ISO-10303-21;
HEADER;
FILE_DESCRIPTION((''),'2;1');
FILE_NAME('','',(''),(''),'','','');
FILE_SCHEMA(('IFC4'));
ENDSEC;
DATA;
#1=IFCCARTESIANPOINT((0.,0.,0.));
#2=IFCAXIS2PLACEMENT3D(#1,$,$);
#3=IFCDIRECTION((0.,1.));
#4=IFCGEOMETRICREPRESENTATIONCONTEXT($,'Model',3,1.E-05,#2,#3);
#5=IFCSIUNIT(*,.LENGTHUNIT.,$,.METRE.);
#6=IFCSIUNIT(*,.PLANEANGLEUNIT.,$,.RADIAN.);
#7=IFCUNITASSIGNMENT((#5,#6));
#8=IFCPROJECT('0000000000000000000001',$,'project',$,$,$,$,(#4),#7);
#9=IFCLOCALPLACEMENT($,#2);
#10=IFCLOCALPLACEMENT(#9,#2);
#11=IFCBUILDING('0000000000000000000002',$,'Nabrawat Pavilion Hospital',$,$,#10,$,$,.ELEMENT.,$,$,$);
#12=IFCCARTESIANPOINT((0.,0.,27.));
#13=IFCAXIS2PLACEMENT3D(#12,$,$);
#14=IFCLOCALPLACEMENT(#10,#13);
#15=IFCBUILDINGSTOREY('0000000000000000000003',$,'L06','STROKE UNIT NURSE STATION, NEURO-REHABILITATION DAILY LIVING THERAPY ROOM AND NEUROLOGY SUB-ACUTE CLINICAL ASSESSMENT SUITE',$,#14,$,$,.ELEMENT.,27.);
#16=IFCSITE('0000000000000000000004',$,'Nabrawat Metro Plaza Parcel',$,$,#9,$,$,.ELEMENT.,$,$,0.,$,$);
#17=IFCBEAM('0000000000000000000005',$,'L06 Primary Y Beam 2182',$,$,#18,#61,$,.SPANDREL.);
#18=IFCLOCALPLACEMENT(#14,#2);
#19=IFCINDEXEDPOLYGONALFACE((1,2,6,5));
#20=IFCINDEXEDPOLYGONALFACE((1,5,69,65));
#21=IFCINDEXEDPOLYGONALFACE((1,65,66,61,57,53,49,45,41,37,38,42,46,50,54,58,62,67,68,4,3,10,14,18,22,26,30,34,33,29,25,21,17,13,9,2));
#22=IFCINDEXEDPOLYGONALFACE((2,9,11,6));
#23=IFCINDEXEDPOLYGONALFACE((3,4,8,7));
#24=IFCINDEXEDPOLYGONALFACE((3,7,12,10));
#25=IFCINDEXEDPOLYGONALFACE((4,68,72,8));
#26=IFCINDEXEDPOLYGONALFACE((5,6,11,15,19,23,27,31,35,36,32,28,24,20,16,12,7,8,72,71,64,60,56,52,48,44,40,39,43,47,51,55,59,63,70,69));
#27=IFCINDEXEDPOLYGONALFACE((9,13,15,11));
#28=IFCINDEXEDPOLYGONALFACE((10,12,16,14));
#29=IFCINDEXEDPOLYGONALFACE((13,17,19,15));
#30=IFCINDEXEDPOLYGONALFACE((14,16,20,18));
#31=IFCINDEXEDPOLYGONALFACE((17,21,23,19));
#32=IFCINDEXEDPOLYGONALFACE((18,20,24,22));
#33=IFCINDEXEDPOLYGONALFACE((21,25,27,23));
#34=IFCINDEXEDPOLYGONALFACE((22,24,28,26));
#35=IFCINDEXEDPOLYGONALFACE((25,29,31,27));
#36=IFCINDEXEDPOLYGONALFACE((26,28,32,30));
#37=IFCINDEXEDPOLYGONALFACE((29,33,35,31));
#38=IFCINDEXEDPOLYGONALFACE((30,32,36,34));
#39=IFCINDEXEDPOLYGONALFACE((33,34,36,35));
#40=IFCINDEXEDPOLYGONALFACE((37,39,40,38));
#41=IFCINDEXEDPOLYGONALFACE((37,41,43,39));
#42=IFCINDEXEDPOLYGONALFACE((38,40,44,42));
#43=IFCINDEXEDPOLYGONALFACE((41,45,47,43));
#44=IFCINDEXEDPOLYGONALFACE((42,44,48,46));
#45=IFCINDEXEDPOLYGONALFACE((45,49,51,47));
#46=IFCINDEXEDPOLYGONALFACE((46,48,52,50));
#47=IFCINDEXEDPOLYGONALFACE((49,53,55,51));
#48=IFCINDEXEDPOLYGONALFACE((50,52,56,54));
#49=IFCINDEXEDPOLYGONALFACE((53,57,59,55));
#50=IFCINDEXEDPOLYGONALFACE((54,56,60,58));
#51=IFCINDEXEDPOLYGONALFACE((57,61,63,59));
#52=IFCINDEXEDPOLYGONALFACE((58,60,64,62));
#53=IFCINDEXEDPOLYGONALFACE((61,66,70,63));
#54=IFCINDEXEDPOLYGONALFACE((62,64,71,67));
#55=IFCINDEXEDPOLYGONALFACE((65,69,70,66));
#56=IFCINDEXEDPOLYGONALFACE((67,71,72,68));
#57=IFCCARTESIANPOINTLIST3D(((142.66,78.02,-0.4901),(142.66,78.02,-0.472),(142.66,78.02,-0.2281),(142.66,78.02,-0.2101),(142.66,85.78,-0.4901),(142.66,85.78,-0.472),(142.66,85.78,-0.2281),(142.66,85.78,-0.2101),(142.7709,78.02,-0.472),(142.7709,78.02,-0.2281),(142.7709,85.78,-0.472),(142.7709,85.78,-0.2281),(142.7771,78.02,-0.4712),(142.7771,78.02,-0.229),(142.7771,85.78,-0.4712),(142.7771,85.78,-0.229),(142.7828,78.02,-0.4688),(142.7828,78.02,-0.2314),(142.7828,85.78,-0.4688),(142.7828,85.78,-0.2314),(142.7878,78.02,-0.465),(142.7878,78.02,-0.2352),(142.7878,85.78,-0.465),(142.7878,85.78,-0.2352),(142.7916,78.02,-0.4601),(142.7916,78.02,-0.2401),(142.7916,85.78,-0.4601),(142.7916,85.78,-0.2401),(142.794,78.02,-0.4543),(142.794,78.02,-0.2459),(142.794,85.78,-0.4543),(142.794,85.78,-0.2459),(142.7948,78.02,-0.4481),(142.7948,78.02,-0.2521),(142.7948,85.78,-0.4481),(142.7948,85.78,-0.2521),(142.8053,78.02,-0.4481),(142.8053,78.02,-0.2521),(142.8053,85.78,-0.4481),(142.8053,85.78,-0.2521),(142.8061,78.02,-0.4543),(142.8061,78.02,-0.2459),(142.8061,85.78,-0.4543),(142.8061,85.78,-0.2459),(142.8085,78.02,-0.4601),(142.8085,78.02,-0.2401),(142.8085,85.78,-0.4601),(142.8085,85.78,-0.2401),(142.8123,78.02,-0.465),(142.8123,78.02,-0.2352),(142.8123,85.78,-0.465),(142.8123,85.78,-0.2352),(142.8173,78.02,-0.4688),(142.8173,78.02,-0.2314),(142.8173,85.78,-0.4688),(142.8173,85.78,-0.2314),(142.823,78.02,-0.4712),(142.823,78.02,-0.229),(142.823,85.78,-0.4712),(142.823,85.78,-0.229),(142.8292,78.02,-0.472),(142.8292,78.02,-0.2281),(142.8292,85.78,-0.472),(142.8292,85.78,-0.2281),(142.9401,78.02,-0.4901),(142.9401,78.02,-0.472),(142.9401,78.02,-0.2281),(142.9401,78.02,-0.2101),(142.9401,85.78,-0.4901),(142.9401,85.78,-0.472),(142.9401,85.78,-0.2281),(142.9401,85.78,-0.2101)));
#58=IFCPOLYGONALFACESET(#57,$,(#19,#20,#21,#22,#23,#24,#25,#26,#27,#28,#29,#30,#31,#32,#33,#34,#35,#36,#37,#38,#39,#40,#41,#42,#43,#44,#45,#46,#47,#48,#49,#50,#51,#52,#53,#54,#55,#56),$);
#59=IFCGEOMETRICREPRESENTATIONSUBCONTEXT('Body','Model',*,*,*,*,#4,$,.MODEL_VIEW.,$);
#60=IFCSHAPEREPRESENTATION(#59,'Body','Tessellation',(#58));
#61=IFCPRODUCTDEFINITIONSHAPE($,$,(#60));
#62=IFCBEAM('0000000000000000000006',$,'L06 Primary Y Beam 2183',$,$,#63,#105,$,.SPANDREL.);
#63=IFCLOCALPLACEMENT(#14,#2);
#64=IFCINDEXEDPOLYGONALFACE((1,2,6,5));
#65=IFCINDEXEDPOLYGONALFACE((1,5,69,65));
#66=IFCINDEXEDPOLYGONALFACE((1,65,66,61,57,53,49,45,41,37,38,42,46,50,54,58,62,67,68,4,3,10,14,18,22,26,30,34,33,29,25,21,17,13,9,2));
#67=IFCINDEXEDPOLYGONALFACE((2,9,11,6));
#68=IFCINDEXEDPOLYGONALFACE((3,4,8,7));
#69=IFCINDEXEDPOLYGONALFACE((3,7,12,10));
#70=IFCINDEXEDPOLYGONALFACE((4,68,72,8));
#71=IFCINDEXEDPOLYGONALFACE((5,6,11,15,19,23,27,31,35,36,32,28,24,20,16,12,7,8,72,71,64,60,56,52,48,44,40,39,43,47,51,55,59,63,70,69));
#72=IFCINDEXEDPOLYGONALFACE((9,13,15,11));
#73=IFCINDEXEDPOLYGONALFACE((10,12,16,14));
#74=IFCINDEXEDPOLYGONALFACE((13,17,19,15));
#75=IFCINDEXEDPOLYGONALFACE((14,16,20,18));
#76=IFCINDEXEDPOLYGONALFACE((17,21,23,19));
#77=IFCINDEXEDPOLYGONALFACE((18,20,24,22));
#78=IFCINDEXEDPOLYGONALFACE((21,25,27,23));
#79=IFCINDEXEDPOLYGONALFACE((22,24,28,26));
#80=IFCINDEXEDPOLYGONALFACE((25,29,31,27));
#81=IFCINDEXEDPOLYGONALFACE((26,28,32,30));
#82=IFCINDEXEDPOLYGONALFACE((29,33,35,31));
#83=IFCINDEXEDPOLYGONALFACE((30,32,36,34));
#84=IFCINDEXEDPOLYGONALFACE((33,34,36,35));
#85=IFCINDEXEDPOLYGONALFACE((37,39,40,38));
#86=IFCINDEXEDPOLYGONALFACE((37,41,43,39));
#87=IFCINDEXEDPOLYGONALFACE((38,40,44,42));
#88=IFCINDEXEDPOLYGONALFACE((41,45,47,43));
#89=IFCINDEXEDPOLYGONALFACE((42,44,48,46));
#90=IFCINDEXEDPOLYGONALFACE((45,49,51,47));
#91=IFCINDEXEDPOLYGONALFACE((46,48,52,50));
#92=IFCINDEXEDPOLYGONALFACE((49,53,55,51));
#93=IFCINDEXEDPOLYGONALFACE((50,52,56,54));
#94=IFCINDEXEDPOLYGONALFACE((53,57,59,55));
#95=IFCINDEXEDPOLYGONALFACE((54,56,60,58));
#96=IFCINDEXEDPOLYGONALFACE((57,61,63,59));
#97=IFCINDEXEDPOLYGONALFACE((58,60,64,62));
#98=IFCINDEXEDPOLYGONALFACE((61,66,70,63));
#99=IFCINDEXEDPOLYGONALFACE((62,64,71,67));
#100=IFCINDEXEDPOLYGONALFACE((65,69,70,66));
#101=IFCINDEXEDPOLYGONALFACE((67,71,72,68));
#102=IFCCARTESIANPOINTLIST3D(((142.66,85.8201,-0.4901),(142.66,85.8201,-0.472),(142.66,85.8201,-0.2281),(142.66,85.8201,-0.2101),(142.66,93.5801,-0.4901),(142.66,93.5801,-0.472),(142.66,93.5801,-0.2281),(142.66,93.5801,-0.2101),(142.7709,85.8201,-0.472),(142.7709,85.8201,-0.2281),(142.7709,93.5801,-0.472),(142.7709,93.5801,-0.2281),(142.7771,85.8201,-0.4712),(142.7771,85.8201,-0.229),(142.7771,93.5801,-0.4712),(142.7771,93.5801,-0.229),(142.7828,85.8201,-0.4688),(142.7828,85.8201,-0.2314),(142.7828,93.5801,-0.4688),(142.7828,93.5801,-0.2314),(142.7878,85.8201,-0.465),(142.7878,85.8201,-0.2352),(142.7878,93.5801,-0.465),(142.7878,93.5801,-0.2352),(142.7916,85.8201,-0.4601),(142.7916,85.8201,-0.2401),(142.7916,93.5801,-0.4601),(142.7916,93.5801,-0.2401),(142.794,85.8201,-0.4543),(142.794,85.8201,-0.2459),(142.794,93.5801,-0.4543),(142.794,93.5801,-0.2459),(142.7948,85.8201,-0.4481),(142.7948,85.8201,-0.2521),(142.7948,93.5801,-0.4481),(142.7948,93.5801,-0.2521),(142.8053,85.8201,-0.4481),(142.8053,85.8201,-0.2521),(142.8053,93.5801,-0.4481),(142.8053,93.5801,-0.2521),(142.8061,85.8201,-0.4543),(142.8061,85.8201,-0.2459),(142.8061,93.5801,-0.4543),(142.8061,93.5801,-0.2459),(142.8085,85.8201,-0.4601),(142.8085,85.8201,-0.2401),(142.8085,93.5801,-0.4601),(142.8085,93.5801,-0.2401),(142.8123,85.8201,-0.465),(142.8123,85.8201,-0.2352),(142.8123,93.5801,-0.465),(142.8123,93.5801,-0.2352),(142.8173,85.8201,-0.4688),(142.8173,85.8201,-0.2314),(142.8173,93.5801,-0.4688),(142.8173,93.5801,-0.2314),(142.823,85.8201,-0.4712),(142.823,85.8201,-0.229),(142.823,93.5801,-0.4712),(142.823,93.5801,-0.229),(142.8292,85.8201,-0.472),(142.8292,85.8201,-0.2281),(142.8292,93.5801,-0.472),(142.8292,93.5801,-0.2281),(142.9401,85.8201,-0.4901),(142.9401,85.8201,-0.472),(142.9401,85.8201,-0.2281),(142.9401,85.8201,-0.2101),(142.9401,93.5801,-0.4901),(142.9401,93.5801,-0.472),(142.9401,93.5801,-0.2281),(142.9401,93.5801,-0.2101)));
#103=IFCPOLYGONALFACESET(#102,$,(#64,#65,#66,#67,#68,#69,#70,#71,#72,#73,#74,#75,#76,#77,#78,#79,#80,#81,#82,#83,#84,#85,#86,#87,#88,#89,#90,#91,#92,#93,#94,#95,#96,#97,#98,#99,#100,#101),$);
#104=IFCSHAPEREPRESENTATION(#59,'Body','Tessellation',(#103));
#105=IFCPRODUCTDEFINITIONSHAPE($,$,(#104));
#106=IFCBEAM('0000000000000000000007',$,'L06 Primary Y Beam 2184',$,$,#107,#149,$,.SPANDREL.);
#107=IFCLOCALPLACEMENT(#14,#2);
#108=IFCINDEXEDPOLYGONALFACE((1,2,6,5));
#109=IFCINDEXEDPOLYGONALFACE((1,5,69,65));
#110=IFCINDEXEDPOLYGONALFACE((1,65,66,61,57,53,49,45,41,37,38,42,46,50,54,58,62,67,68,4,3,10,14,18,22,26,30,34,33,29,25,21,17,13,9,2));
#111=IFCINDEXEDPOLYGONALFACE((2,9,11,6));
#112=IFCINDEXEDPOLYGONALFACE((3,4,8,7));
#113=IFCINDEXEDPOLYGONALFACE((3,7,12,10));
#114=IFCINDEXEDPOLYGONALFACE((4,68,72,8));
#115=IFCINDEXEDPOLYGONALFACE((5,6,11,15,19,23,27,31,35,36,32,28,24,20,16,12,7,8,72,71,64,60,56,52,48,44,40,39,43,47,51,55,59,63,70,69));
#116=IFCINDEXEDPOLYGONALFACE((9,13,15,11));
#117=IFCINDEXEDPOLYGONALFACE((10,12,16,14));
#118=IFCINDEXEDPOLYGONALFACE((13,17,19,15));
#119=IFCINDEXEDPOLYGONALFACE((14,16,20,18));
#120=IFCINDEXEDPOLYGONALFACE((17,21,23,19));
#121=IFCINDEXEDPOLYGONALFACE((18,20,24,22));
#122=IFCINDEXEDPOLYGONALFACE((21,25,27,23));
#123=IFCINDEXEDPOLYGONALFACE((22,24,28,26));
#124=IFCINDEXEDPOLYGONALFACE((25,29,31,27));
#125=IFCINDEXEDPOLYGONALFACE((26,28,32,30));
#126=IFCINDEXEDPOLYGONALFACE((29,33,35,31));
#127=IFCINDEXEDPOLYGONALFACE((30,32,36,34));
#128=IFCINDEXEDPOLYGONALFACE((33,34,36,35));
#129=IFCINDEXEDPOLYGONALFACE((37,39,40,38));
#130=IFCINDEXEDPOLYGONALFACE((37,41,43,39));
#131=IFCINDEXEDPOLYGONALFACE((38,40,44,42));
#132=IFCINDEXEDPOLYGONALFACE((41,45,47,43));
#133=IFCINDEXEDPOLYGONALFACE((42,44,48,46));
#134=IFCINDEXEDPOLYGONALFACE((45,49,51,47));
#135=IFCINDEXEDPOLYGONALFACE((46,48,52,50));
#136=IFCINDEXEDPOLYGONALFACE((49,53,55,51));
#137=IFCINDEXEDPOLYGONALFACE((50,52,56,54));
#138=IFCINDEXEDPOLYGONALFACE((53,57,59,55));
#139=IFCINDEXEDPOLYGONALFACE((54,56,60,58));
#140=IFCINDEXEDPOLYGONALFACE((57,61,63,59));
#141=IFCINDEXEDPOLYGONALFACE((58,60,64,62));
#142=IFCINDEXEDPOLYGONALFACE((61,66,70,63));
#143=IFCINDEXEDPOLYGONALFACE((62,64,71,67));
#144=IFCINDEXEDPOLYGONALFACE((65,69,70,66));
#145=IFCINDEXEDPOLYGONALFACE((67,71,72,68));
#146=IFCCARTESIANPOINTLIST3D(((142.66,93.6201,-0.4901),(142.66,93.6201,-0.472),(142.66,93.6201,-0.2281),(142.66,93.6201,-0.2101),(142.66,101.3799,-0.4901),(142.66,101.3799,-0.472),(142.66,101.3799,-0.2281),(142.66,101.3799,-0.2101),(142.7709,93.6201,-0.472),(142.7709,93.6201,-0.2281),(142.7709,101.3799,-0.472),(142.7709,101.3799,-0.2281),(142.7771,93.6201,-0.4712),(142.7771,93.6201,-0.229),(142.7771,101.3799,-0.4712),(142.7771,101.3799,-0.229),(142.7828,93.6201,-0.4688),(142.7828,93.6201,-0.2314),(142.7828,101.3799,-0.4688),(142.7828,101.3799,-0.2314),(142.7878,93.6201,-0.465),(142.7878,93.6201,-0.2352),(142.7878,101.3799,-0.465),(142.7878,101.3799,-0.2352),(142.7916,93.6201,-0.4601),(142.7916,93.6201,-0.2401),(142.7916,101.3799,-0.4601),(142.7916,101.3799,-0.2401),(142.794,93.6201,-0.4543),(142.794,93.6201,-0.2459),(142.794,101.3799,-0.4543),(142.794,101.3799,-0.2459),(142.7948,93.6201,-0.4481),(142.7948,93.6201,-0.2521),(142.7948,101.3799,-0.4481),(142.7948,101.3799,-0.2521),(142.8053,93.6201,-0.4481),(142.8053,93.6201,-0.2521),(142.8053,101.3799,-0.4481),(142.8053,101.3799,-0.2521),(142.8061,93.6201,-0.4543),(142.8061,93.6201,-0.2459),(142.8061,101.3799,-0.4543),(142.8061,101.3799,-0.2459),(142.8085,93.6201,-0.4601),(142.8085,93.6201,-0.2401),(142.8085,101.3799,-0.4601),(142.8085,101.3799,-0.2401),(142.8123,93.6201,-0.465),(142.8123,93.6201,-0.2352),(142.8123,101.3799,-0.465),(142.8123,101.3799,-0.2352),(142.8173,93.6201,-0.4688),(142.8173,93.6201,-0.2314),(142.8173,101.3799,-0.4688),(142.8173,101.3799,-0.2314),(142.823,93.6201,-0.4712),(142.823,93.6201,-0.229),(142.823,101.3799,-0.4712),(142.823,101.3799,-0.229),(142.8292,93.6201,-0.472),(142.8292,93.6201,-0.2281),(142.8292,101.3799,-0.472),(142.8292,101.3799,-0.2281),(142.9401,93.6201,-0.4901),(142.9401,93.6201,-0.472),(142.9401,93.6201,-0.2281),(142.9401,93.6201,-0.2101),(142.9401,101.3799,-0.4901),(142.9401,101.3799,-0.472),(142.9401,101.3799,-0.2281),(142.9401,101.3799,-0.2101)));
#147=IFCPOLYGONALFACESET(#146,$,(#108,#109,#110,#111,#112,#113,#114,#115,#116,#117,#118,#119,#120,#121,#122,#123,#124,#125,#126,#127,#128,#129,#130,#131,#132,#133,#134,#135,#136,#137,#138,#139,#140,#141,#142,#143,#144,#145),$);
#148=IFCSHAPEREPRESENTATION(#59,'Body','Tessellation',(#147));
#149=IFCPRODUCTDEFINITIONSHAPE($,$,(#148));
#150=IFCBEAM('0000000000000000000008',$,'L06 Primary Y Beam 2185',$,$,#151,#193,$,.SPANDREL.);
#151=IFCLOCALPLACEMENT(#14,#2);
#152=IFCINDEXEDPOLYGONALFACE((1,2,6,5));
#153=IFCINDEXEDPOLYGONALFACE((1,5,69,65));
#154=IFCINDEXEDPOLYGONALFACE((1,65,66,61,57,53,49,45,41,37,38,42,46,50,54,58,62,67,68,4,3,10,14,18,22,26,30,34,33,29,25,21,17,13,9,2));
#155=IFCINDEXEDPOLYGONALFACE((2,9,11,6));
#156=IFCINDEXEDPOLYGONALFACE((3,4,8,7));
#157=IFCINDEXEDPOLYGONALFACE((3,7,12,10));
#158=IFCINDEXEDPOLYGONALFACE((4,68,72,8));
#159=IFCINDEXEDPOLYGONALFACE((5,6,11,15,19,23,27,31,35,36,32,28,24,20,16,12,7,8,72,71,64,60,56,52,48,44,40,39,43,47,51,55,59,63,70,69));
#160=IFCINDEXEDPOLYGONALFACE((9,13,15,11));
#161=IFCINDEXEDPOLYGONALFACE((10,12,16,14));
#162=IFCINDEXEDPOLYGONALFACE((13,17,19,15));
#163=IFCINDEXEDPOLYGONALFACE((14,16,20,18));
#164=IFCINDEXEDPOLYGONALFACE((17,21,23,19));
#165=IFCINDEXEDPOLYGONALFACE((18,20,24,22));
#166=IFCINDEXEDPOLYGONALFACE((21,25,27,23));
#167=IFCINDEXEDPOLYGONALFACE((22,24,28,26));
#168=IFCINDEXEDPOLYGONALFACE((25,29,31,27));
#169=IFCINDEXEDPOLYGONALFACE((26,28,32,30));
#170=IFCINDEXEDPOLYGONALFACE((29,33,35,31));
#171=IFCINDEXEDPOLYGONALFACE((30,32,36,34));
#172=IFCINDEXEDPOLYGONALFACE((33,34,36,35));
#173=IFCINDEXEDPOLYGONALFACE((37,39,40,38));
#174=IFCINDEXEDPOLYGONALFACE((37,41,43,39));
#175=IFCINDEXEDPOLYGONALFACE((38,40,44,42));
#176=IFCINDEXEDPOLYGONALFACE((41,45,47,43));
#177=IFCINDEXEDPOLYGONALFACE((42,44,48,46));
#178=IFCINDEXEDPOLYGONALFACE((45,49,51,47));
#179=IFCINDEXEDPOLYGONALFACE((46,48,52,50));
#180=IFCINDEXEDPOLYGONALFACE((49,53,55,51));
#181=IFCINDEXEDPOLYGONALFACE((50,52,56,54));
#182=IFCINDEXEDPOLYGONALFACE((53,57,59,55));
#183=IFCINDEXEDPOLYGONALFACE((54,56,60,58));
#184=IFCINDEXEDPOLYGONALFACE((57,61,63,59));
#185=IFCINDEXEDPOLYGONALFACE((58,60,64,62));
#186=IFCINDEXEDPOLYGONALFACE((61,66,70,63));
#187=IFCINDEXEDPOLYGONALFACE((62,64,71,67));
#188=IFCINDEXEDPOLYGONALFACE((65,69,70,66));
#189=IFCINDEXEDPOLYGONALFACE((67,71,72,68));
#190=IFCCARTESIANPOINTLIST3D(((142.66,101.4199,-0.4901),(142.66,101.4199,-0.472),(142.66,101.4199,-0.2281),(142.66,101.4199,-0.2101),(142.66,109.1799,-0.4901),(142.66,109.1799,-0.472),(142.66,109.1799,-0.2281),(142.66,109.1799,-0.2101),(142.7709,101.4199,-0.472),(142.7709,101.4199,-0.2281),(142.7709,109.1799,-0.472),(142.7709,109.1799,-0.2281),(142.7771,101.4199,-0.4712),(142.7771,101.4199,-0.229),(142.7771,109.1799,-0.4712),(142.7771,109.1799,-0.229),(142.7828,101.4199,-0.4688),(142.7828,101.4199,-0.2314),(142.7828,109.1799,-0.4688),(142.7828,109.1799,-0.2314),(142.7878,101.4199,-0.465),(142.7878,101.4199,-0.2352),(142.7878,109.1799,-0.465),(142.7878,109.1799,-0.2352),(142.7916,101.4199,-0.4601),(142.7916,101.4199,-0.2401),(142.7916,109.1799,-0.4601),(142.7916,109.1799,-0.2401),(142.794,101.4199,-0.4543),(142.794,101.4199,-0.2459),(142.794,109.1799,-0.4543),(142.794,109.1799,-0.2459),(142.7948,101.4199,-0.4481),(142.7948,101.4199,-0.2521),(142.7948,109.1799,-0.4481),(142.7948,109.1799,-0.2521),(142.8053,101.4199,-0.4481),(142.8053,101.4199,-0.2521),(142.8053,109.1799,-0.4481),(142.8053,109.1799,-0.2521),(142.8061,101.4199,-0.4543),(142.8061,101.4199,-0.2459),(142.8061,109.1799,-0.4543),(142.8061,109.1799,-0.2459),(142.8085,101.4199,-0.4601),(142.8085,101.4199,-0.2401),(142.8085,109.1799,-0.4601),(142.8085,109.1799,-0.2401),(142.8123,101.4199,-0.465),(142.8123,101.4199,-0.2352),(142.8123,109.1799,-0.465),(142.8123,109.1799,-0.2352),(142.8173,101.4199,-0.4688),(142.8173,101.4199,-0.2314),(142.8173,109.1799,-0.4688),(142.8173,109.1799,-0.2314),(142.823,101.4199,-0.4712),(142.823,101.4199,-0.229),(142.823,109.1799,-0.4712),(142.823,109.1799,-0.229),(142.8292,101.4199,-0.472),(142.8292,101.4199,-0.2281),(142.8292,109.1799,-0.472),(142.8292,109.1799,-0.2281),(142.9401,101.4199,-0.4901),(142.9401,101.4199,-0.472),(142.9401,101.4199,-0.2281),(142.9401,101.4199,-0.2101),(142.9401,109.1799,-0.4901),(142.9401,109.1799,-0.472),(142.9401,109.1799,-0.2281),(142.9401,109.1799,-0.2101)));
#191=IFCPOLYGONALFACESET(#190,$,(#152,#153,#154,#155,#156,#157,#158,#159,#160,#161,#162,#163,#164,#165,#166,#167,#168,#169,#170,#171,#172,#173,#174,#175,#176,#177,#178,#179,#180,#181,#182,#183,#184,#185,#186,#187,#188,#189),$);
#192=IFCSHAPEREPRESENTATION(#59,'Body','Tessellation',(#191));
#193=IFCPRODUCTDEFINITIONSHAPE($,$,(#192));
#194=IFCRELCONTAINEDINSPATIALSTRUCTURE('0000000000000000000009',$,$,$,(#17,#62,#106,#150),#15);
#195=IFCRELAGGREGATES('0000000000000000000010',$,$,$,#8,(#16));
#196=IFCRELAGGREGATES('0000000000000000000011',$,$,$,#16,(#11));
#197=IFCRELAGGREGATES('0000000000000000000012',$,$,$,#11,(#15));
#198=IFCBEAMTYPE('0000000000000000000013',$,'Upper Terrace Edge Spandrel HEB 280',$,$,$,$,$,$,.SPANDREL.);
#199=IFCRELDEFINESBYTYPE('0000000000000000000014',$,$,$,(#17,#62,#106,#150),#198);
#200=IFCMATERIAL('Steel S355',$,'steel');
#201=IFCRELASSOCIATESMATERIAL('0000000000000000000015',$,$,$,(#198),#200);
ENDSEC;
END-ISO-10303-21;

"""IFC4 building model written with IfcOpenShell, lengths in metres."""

from ifc_helpers import new_model, si_unit, direction, frame, origin, origin_2d, place, context, subcontext, project, spatial, i_section, extrude, material, material_profile, profile_set, type_object, element, save


model = new_model("IFC4")

# Units and contexts
model_context = context("Model", 3, precision=1e-05, world=origin(), true_north=direction((0.0, 1.0)))
body_context = subcontext(model_context, "Body", "Model", "MODEL_VIEW")
ifc_project = project(units=[si_unit("LENGTHUNIT", "METRE"), si_unit("PLANEANGLEUNIT", "RADIAN")], contexts=[model_context])

# Site, building, storey
site_placement = place(None, origin())
site = spatial("IfcSite", under=ifc_project, at=site_placement, Name="Nabrawat Metro Plaza Parcel", CompositionType="ELEMENT", RefElevation=0.0)
building_placement = place(site_placement, origin())
building = spatial("IfcBuilding", under=site, at=building_placement, Name="Nabrawat Pavilion Hospital", CompositionType="ELEMENT")
storey_placement = place(building_placement, frame((0.0, 0.0, 27.0)))
storey = spatial("IfcBuildingStorey", under=building, at=storey_placement, Name="L06", Description="STROKE UNIT NURSE STATION, NEURO-REHABILITATION DAILY LIVING THERAPY ROOM AND NEUROLOGY SUB-ACUTE CLINICAL ASSESSMENT SUITE", CompositionType="ELEMENT", Elevation=27.0)

# Shared definitions
ifc_material_1 = material(Name="Steel S355", Category="steel")

# Beams
ifc_material_profile_1 = material_profile(ifc_material_1, i_section(OverallWidth=0.28, OverallDepth=0.28, WebThickness=0.0105, FlangeThickness=0.0181, FilletRadius=0.0239, at=origin_2d()), Name="HEB 280")
ifc_profile_set_1 = profile_set([ifc_material_profile_1], Name="Steel S355")
beam_type_1 = type_object("IfcBeamType", Name="Upper Terrace Edge Spandrel HEB 280", PredefinedType="SPANDREL", material=ifc_profile_set_1)
for number, where, z_axis, x_axis, name in (
    (1, (142.8, 78.02, -0.3501), (0.0, 1.0, 0.0), (-1.0, 0.0, 0.0), "L06 Primary Y Beam 2182"),
    (2, (142.8, 85.8201, -0.3501), (0.0, 1.0, 0.0), (-1.0, 0.0, 0.0), "L06 Primary Y Beam 2183"),
):
    element("IfcBeam", number, at=place(storey_placement, frame(where, z_axis=z_axis, x_axis=x_axis)), inside=storey, type_object=beam_type_1, Name=name, PredefinedType="SPANDREL", context=body_context, shape_type="SweptSolid", body=[
        extrude(i_section(OverallWidth=0.28, OverallDepth=0.28, WebThickness=0.0105, FlangeThickness=0.0181, FilletRadius=0.0239, at=origin_2d()), origin(), (0.0, 0.0, 1.0), 7.76),
    ])
beam_1_placement = place(storey_placement, frame((142.8, 93.6201, -0.3501), z_axis=(0.0, 1.0, 0.0), x_axis=(-1.0, 0.0, 0.0)))
element("IfcBeam", 3, at=beam_1_placement, inside=storey, type_object=beam_type_1, Name="L06 Primary Y Beam 2184", PredefinedType="SPANDREL", context=body_context, shape_type="SweptSolid", body=[
    extrude(i_section(OverallWidth=0.28, OverallDepth=0.28, WebThickness=0.0105, FlangeThickness=0.0181, FilletRadius=0.0239, at=origin_2d()), origin(), (0.0, 0.0, 1.0), 7.7598),
])
for number, where, z_axis, x_axis, name in (
    (4, (142.8, 101.4199, -0.3501), (0.0, 1.0, 0.0), (-1.0, 0.0, 0.0), "L06 Primary Y Beam 2185"),
):
    element("IfcBeam", number, at=place(storey_placement, frame(where, z_axis=z_axis, x_axis=x_axis)), inside=storey, type_object=beam_type_1, Name=name, PredefinedType="SPANDREL", context=body_context, shape_type="SweptSolid", body=[
        extrude(i_section(OverallWidth=0.28, OverallDepth=0.28, WebThickness=0.0105, FlangeThickness=0.0181, FilletRadius=0.0239, at=origin_2d()), origin(), (0.0, 0.0, 1.0), 7.76),
    ])

save(model, "model.ifc")
